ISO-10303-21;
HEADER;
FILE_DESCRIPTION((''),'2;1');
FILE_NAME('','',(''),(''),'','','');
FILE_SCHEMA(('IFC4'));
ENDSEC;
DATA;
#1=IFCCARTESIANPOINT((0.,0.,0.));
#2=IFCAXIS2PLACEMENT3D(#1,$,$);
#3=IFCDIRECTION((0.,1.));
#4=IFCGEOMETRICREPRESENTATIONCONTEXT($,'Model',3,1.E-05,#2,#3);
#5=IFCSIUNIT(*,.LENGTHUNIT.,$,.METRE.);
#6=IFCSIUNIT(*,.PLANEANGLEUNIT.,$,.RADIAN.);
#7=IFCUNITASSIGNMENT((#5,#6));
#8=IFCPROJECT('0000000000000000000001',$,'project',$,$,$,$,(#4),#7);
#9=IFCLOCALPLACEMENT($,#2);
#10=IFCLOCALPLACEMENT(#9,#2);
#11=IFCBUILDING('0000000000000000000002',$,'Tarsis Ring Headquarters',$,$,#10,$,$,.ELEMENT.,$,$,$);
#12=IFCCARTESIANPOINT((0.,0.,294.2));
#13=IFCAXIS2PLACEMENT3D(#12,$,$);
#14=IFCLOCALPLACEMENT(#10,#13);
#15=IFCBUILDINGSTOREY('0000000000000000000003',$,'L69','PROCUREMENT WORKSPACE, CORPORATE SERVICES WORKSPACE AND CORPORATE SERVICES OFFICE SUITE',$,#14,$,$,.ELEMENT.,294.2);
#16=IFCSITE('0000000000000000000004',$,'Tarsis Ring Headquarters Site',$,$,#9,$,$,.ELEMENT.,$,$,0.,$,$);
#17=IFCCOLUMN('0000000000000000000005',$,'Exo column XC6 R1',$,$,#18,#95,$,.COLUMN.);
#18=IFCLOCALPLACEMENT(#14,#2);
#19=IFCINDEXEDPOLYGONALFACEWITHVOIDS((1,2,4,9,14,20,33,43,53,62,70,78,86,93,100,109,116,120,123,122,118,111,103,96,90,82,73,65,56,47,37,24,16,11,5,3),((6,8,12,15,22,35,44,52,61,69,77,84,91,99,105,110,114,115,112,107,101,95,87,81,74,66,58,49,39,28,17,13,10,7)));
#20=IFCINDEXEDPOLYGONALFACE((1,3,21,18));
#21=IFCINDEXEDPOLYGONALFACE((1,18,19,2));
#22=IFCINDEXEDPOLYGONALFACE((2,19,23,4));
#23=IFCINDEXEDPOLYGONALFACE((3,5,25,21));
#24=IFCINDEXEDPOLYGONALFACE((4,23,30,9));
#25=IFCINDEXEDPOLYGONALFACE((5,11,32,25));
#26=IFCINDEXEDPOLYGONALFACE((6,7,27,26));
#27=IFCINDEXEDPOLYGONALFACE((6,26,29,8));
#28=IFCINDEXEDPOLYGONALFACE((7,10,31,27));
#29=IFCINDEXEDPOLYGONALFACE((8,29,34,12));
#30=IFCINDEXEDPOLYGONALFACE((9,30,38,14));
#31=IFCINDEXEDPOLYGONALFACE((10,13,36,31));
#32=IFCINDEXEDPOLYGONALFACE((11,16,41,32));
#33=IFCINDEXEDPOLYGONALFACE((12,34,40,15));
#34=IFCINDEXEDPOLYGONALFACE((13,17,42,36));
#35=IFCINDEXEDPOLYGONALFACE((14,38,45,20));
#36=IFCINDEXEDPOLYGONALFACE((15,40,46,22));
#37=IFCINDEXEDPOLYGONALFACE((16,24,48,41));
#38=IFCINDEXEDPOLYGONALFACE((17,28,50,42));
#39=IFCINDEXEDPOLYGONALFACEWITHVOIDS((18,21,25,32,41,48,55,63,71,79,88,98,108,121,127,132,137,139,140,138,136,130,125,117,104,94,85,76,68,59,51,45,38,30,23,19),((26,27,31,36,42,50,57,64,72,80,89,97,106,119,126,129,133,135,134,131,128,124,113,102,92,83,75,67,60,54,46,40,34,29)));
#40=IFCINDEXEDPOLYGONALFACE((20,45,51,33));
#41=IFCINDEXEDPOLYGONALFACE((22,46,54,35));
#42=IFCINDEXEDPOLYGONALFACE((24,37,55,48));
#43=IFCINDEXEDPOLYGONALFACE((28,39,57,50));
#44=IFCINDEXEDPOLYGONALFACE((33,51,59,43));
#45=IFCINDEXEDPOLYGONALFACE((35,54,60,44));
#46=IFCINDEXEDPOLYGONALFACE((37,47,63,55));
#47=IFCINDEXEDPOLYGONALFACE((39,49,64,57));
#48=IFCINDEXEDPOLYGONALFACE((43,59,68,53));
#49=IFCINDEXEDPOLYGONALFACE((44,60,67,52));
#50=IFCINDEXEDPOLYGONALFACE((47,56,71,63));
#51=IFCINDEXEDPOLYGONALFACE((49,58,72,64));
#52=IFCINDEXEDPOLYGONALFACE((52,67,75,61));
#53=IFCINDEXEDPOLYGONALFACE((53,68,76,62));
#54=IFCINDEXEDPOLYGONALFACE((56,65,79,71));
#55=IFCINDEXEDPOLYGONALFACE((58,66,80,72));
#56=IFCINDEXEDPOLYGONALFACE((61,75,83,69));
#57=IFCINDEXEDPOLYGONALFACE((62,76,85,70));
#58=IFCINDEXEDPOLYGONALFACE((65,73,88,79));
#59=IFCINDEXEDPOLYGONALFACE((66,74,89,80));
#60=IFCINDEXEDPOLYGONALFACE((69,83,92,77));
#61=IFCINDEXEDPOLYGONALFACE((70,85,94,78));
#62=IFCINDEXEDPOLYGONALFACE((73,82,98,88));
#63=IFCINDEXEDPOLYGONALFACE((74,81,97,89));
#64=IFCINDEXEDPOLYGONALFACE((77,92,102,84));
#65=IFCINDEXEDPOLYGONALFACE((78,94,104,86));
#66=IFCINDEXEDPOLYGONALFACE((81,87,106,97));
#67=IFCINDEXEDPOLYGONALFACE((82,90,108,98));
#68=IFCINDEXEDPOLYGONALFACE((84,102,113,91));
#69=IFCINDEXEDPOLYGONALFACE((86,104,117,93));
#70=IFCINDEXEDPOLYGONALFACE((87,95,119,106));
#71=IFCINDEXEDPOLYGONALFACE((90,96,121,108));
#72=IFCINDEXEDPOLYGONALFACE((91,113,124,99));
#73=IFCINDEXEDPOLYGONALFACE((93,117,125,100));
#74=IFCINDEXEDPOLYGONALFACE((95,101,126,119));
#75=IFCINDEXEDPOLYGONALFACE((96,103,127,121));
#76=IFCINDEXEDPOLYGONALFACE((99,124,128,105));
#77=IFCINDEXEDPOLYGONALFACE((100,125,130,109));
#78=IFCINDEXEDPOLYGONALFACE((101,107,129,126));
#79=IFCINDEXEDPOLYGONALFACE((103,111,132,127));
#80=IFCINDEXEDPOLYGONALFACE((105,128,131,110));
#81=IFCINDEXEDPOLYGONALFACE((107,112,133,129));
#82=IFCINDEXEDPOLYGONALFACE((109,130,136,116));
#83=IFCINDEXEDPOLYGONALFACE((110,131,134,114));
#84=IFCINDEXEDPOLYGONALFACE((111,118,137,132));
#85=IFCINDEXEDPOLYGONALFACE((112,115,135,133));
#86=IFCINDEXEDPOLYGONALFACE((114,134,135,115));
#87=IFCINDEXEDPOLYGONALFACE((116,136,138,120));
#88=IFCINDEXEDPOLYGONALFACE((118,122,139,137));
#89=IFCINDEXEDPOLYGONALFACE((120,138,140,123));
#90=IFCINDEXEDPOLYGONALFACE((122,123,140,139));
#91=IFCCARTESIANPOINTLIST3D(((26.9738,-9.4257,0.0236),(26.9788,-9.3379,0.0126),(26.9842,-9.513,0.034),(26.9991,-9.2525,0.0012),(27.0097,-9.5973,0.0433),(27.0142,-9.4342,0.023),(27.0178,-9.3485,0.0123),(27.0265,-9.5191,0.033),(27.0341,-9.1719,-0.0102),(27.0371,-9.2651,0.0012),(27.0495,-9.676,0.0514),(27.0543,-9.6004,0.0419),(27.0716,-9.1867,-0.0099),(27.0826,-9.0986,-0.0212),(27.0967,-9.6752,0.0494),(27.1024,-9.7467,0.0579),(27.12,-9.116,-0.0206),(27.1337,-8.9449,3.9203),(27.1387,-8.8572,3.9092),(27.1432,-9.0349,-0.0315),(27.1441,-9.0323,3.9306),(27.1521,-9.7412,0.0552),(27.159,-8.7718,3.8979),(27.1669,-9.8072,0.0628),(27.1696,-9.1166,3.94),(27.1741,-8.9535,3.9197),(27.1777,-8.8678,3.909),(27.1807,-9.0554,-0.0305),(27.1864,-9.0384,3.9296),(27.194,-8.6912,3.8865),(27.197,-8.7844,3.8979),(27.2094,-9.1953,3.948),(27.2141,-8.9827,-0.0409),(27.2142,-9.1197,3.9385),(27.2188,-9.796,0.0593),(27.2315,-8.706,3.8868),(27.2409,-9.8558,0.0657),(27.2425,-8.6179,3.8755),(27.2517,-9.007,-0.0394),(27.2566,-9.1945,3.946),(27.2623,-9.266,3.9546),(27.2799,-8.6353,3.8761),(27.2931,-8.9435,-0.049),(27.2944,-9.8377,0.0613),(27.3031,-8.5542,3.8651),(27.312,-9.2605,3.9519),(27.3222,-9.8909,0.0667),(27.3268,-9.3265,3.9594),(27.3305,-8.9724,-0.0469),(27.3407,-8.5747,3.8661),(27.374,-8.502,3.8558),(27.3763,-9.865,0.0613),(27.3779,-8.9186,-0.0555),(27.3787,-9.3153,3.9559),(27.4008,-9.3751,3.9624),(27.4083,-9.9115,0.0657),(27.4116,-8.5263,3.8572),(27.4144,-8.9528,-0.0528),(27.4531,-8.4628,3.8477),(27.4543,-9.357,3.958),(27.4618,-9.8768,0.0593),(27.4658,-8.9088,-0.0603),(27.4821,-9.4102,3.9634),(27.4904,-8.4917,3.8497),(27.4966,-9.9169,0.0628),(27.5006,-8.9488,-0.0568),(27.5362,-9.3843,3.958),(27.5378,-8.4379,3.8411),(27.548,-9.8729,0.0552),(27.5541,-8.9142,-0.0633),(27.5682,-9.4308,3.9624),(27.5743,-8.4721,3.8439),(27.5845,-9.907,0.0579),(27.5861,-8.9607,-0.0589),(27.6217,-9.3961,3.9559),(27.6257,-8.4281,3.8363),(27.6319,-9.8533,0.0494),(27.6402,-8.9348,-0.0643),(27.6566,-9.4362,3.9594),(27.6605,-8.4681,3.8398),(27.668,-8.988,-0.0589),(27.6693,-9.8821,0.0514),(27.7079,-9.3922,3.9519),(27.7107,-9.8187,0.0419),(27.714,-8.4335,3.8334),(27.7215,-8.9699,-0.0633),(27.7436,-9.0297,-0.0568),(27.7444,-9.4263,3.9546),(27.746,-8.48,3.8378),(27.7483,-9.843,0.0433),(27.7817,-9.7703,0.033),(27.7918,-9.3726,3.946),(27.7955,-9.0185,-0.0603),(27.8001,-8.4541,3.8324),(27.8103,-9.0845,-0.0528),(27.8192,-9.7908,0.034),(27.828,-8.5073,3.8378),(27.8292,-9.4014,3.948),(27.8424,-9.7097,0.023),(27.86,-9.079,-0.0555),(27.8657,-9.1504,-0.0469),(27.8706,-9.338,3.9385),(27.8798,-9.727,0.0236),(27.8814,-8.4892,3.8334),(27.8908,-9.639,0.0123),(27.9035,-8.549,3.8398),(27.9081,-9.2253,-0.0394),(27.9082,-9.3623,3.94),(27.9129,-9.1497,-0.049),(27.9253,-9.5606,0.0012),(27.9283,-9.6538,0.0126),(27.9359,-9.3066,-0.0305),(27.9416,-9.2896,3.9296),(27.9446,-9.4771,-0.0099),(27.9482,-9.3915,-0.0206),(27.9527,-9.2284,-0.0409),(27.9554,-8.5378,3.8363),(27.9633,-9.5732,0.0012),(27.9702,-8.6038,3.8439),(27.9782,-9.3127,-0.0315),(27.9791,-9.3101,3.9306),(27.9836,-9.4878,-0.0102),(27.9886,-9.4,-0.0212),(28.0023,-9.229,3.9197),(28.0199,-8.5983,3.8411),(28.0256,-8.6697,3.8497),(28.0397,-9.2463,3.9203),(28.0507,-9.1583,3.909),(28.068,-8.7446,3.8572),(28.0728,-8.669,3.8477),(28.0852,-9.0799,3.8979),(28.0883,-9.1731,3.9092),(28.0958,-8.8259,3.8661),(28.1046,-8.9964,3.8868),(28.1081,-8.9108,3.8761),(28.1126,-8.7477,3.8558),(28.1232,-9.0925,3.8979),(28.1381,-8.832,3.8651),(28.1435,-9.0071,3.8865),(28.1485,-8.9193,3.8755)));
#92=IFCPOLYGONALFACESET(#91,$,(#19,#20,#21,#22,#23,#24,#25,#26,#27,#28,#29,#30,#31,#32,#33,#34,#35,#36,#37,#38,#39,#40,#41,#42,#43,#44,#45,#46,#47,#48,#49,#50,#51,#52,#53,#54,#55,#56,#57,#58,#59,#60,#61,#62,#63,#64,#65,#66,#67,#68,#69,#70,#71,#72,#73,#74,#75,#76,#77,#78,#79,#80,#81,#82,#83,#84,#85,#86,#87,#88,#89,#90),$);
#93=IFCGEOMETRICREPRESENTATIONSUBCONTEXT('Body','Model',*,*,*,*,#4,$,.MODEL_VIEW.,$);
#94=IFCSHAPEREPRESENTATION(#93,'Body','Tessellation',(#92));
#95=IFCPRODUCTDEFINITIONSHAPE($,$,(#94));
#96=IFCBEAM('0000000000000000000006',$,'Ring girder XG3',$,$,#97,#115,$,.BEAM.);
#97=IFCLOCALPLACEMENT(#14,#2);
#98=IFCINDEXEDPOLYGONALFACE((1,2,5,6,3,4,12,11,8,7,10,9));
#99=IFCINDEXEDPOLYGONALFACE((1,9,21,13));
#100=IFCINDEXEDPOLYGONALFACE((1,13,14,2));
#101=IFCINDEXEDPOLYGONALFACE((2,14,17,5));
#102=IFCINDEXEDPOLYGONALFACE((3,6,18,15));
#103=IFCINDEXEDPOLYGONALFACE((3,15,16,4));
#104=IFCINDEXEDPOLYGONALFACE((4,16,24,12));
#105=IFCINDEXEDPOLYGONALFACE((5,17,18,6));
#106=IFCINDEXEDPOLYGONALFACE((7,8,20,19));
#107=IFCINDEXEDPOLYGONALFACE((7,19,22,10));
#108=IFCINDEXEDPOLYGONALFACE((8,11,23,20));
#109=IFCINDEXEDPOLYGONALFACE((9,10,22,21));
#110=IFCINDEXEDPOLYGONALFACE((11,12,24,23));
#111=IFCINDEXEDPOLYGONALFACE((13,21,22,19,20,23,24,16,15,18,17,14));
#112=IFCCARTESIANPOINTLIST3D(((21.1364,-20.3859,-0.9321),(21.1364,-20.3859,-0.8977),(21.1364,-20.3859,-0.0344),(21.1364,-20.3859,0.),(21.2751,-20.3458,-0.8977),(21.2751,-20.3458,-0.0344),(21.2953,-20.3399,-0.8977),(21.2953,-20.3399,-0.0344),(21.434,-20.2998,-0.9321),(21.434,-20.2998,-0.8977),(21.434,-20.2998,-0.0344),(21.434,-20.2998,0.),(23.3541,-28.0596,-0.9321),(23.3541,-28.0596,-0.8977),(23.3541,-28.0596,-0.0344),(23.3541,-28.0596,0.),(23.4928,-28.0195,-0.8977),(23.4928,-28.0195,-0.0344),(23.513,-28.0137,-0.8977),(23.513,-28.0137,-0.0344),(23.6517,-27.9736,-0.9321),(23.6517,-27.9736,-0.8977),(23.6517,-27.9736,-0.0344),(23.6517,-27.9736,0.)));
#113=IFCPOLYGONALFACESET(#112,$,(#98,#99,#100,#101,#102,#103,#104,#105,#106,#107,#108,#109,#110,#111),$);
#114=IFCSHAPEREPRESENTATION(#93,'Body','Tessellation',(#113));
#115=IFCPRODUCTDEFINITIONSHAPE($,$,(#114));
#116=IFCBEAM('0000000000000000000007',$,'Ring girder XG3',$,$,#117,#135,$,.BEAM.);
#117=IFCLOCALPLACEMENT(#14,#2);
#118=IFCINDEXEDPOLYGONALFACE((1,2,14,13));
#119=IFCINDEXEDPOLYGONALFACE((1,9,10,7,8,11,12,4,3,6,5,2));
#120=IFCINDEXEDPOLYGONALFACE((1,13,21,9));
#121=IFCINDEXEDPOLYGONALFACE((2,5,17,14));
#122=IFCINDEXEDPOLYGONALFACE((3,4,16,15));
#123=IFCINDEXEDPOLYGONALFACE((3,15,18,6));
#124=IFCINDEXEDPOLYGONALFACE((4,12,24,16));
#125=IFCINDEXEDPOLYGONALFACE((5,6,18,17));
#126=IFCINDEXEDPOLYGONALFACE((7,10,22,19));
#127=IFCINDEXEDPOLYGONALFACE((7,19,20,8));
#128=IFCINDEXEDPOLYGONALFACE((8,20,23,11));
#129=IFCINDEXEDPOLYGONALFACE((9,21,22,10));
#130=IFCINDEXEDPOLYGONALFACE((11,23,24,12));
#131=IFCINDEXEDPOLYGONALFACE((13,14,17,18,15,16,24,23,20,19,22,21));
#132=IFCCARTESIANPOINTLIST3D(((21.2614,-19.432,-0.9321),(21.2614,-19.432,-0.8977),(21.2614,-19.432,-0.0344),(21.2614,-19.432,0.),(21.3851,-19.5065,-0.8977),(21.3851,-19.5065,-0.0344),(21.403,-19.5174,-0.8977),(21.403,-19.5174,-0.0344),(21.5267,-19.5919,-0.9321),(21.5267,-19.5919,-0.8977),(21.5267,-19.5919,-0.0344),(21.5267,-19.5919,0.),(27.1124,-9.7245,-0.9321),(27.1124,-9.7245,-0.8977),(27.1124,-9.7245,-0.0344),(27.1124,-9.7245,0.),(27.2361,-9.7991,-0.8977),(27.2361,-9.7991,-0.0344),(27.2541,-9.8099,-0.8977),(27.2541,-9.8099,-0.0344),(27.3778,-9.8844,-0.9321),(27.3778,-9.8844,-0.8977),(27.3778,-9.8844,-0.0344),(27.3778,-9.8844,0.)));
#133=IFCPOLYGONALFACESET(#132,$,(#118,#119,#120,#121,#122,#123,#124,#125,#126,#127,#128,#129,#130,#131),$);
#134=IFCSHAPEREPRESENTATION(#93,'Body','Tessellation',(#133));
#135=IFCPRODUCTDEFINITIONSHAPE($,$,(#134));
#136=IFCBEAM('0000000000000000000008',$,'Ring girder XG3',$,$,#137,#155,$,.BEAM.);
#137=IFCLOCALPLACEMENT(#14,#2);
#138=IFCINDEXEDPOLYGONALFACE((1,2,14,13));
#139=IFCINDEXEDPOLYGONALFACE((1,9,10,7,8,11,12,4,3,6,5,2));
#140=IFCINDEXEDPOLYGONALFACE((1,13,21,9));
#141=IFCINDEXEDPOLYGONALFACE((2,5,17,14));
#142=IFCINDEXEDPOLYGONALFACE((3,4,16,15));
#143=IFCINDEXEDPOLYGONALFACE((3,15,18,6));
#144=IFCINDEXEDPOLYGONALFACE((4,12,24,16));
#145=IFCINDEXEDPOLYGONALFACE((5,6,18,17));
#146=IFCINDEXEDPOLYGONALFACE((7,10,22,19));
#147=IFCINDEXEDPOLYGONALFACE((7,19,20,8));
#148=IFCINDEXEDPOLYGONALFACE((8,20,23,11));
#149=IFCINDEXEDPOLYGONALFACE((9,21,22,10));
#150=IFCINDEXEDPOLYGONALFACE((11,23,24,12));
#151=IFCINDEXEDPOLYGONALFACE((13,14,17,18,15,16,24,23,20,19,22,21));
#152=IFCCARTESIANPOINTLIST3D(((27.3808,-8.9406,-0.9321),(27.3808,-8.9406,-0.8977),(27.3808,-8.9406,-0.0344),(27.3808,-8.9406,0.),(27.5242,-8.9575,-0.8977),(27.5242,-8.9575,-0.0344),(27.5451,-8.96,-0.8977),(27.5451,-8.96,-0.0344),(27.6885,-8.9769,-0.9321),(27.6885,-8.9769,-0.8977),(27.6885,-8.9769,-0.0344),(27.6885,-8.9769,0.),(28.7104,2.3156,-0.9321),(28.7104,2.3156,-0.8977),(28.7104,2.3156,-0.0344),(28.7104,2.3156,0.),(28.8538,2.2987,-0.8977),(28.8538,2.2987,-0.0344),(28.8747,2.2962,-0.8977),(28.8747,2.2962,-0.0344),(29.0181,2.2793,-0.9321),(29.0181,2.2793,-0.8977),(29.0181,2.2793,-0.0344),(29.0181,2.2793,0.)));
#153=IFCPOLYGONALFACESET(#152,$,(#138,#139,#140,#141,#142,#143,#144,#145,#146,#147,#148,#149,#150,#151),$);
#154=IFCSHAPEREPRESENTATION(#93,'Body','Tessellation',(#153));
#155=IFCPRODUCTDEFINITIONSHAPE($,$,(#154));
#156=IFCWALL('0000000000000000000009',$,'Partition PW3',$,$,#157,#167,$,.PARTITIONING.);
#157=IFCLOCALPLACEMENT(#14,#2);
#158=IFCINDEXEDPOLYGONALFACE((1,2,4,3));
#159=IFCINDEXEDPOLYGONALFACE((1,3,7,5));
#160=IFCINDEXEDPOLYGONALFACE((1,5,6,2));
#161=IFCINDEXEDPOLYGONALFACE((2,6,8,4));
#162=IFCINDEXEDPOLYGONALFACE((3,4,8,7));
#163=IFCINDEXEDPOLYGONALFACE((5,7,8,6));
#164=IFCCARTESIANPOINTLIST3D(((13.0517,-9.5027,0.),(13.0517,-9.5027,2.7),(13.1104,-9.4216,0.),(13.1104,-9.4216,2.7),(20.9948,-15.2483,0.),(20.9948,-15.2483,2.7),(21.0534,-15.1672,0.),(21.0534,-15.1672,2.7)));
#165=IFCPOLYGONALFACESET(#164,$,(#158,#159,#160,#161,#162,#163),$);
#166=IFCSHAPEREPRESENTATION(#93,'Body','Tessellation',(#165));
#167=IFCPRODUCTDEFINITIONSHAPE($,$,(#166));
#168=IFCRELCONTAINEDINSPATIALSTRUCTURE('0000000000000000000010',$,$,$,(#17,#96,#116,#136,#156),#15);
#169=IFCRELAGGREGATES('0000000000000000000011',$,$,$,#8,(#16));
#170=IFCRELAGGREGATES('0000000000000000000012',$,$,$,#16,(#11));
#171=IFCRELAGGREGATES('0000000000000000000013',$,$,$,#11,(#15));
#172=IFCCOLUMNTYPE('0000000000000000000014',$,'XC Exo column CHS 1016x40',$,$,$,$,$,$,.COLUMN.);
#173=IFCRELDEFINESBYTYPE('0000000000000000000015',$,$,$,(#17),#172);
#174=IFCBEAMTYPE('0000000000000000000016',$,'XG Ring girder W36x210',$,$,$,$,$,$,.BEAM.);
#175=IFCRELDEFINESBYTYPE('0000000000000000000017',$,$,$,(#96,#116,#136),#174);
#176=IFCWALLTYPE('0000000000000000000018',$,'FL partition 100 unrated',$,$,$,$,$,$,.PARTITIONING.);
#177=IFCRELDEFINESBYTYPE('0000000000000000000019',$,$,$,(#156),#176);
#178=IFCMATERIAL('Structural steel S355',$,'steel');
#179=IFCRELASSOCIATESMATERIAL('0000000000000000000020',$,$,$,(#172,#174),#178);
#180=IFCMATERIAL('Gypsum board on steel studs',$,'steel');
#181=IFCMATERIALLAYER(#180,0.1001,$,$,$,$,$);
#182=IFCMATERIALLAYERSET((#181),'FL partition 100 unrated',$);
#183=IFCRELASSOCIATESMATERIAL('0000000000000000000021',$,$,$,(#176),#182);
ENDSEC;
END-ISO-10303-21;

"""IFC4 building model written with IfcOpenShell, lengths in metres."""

from ifc_helpers import new_model, si_unit, direction, frame, frame_2d, origin, origin_2d, place, context, subcontext, project, spatial, rectangle, hollow_circle, i_section, extrude, material, layer, layer_set, material_profile, profile_set, type_object, element, save


model = new_model("IFC4")

# Units and contexts
model_context = context("Model", 3, precision=1e-05, world=origin(), true_north=direction((0.0, 1.0)))
body_context = subcontext(model_context, "Body", "Model", "MODEL_VIEW")
ifc_project = project(units=[si_unit("LENGTHUNIT", "METRE"), si_unit("PLANEANGLEUNIT", "RADIAN")], contexts=[model_context])

# Site, building, storey
site_placement = place(None, origin())
site = spatial("IfcSite", under=ifc_project, at=site_placement, Name="Tarsis Ring Headquarters Site", CompositionType="ELEMENT", RefElevation=0.0)
building_placement = place(site_placement, origin())
building = spatial("IfcBuilding", under=site, at=building_placement, Name="Tarsis Ring Headquarters", CompositionType="ELEMENT")
storey_placement = place(building_placement, frame((0.0, 0.0, 294.2)))
storey = spatial("IfcBuildingStorey", under=building, at=storey_placement, Name="L69", Description="PROCUREMENT WORKSPACE, CORPORATE SERVICES WORKSPACE AND CORPORATE SERVICES OFFICE SUITE", CompositionType="ELEMENT", Elevation=294.2)

# Column
ifc_material_1 = material(Name="Structural steel S355", Category="steel")
ifc_material_profile_1 = material_profile(ifc_material_1, hollow_circle(Radius=0.5081, WallThickness=0.04, at=origin_2d()), Name="CHS 1016x40")
ifc_profile_set_1 = profile_set([ifc_material_profile_1], Name="Structural steel S355")
column_type = type_object("IfcColumnType", Name="XC Exo column CHS 1016x40", PredefinedType="COLUMN", material=ifc_profile_set_1)
for number, where, z_axis, x_axis, name in (
    (1, (27.4812, -9.4128, 0.0012), (0.040695, 0.122334, 0.991654), (-0.948876, 0.315649, 0.0), "Exo column XC6 R1"),
):
    element("IfcColumn", number, at=place(storey_placement, frame(where, z_axis=z_axis, x_axis=x_axis)), inside=storey, type_object=column_type, Name=name, PredefinedType="COLUMN", context=body_context, shape_type="SweptSolid", body=[
        extrude(hollow_circle(Radius=0.5081, WallThickness=0.04, at=origin_2d()), origin(), (0.0, 0.0, 1.0), 3.9294),
    ])

# Beams
ifc_material_profile_2 = material_profile(ifc_material_1, i_section(OverallWidth=0.3098, OverallDepth=0.9321, WebThickness=0.021, FlangeThickness=0.0344, at=origin_2d()), Name="W36x210")
ifc_profile_set_2 = profile_set([ifc_material_profile_2], Name="Structural steel S355")
beam_type = type_object("IfcBeamType", Name="XG Ring girder W36x210", PredefinedType="BEAM", material=ifc_profile_set_2)
beam_placement = place(storey_placement, frame((23.5029, -28.0166, -0.4661), z_axis=(-0.277642, 0.960684, 0.0), x_axis=(-0.960684, -0.277642, 0.0)))
element("IfcBeam", 2, at=beam_placement, inside=storey, type_object=beam_type, Name="Ring girder XG3", PredefinedType="BEAM", context=body_context, shape_type="SweptSolid", body=[
    extrude(i_section(OverallWidth=0.3098, OverallDepth=0.9321, WebThickness=0.021, FlangeThickness=0.0344, at=origin_2d()), origin(), (0.0, 0.0, 1.0), 7.9878),
])
for number, where, z_axis, x_axis, name in (
    (3, (21.394, -19.512, -0.4661), (0.516218, 0.856457, 0.0), (-0.856457, 0.516218, 0.0), "Ring girder XG3"),
    (4, (27.5347, -8.9587, -0.4661), (0.117306, 0.993096, 0.0), (-0.993096, 0.117306, 0.0), "Ring girder XG3"),
):
    element("IfcBeam", number, at=place(storey_placement, frame(where, z_axis=z_axis, x_axis=x_axis)), inside=storey, type_object=beam_type, Name=name, PredefinedType="BEAM", context=body_context, shape_type="SweptSolid", body=[
        extrude(i_section(OverallWidth=0.3098, OverallDepth=0.9321, WebThickness=0.021, FlangeThickness=0.0344, at=origin_2d()), origin(), (0.0, 0.0, 1.0), 11.3345),
    ])

# Wall
ifc_material_2 = material(Name="Gypsum board on steel studs", Category="steel")
ifc_layer_1 = layer(ifc_material_2, 0.1001)
ifc_layer_set_1 = layer_set([ifc_layer_1], Name="FL partition 100 unrated")
wall_type_1 = type_object("IfcWallType", Name="FL partition 100 unrated", PredefinedType="PARTITIONING", material=ifc_layer_set_1)
wall_1_placement = place(storey_placement, frame((13.0811, -9.4622, 0.0), z_axis=(0.0, 0.0, 1.0), x_axis=(0.810248, -0.586088, 0.0)))
element("IfcWall", 5, at=wall_1_placement, inside=storey, type_object=wall_type_1, Name="Partition PW3", PredefinedType="PARTITIONING", context=body_context, shape_type="SweptSolid", body=[
    extrude(rectangle(XDim=9.8032, YDim=0.1001, at=frame_2d((4.9016, 0.0))), origin(), (0.0, 0.0, 1.0), 2.7),
])

save(model, "model.ifc")
